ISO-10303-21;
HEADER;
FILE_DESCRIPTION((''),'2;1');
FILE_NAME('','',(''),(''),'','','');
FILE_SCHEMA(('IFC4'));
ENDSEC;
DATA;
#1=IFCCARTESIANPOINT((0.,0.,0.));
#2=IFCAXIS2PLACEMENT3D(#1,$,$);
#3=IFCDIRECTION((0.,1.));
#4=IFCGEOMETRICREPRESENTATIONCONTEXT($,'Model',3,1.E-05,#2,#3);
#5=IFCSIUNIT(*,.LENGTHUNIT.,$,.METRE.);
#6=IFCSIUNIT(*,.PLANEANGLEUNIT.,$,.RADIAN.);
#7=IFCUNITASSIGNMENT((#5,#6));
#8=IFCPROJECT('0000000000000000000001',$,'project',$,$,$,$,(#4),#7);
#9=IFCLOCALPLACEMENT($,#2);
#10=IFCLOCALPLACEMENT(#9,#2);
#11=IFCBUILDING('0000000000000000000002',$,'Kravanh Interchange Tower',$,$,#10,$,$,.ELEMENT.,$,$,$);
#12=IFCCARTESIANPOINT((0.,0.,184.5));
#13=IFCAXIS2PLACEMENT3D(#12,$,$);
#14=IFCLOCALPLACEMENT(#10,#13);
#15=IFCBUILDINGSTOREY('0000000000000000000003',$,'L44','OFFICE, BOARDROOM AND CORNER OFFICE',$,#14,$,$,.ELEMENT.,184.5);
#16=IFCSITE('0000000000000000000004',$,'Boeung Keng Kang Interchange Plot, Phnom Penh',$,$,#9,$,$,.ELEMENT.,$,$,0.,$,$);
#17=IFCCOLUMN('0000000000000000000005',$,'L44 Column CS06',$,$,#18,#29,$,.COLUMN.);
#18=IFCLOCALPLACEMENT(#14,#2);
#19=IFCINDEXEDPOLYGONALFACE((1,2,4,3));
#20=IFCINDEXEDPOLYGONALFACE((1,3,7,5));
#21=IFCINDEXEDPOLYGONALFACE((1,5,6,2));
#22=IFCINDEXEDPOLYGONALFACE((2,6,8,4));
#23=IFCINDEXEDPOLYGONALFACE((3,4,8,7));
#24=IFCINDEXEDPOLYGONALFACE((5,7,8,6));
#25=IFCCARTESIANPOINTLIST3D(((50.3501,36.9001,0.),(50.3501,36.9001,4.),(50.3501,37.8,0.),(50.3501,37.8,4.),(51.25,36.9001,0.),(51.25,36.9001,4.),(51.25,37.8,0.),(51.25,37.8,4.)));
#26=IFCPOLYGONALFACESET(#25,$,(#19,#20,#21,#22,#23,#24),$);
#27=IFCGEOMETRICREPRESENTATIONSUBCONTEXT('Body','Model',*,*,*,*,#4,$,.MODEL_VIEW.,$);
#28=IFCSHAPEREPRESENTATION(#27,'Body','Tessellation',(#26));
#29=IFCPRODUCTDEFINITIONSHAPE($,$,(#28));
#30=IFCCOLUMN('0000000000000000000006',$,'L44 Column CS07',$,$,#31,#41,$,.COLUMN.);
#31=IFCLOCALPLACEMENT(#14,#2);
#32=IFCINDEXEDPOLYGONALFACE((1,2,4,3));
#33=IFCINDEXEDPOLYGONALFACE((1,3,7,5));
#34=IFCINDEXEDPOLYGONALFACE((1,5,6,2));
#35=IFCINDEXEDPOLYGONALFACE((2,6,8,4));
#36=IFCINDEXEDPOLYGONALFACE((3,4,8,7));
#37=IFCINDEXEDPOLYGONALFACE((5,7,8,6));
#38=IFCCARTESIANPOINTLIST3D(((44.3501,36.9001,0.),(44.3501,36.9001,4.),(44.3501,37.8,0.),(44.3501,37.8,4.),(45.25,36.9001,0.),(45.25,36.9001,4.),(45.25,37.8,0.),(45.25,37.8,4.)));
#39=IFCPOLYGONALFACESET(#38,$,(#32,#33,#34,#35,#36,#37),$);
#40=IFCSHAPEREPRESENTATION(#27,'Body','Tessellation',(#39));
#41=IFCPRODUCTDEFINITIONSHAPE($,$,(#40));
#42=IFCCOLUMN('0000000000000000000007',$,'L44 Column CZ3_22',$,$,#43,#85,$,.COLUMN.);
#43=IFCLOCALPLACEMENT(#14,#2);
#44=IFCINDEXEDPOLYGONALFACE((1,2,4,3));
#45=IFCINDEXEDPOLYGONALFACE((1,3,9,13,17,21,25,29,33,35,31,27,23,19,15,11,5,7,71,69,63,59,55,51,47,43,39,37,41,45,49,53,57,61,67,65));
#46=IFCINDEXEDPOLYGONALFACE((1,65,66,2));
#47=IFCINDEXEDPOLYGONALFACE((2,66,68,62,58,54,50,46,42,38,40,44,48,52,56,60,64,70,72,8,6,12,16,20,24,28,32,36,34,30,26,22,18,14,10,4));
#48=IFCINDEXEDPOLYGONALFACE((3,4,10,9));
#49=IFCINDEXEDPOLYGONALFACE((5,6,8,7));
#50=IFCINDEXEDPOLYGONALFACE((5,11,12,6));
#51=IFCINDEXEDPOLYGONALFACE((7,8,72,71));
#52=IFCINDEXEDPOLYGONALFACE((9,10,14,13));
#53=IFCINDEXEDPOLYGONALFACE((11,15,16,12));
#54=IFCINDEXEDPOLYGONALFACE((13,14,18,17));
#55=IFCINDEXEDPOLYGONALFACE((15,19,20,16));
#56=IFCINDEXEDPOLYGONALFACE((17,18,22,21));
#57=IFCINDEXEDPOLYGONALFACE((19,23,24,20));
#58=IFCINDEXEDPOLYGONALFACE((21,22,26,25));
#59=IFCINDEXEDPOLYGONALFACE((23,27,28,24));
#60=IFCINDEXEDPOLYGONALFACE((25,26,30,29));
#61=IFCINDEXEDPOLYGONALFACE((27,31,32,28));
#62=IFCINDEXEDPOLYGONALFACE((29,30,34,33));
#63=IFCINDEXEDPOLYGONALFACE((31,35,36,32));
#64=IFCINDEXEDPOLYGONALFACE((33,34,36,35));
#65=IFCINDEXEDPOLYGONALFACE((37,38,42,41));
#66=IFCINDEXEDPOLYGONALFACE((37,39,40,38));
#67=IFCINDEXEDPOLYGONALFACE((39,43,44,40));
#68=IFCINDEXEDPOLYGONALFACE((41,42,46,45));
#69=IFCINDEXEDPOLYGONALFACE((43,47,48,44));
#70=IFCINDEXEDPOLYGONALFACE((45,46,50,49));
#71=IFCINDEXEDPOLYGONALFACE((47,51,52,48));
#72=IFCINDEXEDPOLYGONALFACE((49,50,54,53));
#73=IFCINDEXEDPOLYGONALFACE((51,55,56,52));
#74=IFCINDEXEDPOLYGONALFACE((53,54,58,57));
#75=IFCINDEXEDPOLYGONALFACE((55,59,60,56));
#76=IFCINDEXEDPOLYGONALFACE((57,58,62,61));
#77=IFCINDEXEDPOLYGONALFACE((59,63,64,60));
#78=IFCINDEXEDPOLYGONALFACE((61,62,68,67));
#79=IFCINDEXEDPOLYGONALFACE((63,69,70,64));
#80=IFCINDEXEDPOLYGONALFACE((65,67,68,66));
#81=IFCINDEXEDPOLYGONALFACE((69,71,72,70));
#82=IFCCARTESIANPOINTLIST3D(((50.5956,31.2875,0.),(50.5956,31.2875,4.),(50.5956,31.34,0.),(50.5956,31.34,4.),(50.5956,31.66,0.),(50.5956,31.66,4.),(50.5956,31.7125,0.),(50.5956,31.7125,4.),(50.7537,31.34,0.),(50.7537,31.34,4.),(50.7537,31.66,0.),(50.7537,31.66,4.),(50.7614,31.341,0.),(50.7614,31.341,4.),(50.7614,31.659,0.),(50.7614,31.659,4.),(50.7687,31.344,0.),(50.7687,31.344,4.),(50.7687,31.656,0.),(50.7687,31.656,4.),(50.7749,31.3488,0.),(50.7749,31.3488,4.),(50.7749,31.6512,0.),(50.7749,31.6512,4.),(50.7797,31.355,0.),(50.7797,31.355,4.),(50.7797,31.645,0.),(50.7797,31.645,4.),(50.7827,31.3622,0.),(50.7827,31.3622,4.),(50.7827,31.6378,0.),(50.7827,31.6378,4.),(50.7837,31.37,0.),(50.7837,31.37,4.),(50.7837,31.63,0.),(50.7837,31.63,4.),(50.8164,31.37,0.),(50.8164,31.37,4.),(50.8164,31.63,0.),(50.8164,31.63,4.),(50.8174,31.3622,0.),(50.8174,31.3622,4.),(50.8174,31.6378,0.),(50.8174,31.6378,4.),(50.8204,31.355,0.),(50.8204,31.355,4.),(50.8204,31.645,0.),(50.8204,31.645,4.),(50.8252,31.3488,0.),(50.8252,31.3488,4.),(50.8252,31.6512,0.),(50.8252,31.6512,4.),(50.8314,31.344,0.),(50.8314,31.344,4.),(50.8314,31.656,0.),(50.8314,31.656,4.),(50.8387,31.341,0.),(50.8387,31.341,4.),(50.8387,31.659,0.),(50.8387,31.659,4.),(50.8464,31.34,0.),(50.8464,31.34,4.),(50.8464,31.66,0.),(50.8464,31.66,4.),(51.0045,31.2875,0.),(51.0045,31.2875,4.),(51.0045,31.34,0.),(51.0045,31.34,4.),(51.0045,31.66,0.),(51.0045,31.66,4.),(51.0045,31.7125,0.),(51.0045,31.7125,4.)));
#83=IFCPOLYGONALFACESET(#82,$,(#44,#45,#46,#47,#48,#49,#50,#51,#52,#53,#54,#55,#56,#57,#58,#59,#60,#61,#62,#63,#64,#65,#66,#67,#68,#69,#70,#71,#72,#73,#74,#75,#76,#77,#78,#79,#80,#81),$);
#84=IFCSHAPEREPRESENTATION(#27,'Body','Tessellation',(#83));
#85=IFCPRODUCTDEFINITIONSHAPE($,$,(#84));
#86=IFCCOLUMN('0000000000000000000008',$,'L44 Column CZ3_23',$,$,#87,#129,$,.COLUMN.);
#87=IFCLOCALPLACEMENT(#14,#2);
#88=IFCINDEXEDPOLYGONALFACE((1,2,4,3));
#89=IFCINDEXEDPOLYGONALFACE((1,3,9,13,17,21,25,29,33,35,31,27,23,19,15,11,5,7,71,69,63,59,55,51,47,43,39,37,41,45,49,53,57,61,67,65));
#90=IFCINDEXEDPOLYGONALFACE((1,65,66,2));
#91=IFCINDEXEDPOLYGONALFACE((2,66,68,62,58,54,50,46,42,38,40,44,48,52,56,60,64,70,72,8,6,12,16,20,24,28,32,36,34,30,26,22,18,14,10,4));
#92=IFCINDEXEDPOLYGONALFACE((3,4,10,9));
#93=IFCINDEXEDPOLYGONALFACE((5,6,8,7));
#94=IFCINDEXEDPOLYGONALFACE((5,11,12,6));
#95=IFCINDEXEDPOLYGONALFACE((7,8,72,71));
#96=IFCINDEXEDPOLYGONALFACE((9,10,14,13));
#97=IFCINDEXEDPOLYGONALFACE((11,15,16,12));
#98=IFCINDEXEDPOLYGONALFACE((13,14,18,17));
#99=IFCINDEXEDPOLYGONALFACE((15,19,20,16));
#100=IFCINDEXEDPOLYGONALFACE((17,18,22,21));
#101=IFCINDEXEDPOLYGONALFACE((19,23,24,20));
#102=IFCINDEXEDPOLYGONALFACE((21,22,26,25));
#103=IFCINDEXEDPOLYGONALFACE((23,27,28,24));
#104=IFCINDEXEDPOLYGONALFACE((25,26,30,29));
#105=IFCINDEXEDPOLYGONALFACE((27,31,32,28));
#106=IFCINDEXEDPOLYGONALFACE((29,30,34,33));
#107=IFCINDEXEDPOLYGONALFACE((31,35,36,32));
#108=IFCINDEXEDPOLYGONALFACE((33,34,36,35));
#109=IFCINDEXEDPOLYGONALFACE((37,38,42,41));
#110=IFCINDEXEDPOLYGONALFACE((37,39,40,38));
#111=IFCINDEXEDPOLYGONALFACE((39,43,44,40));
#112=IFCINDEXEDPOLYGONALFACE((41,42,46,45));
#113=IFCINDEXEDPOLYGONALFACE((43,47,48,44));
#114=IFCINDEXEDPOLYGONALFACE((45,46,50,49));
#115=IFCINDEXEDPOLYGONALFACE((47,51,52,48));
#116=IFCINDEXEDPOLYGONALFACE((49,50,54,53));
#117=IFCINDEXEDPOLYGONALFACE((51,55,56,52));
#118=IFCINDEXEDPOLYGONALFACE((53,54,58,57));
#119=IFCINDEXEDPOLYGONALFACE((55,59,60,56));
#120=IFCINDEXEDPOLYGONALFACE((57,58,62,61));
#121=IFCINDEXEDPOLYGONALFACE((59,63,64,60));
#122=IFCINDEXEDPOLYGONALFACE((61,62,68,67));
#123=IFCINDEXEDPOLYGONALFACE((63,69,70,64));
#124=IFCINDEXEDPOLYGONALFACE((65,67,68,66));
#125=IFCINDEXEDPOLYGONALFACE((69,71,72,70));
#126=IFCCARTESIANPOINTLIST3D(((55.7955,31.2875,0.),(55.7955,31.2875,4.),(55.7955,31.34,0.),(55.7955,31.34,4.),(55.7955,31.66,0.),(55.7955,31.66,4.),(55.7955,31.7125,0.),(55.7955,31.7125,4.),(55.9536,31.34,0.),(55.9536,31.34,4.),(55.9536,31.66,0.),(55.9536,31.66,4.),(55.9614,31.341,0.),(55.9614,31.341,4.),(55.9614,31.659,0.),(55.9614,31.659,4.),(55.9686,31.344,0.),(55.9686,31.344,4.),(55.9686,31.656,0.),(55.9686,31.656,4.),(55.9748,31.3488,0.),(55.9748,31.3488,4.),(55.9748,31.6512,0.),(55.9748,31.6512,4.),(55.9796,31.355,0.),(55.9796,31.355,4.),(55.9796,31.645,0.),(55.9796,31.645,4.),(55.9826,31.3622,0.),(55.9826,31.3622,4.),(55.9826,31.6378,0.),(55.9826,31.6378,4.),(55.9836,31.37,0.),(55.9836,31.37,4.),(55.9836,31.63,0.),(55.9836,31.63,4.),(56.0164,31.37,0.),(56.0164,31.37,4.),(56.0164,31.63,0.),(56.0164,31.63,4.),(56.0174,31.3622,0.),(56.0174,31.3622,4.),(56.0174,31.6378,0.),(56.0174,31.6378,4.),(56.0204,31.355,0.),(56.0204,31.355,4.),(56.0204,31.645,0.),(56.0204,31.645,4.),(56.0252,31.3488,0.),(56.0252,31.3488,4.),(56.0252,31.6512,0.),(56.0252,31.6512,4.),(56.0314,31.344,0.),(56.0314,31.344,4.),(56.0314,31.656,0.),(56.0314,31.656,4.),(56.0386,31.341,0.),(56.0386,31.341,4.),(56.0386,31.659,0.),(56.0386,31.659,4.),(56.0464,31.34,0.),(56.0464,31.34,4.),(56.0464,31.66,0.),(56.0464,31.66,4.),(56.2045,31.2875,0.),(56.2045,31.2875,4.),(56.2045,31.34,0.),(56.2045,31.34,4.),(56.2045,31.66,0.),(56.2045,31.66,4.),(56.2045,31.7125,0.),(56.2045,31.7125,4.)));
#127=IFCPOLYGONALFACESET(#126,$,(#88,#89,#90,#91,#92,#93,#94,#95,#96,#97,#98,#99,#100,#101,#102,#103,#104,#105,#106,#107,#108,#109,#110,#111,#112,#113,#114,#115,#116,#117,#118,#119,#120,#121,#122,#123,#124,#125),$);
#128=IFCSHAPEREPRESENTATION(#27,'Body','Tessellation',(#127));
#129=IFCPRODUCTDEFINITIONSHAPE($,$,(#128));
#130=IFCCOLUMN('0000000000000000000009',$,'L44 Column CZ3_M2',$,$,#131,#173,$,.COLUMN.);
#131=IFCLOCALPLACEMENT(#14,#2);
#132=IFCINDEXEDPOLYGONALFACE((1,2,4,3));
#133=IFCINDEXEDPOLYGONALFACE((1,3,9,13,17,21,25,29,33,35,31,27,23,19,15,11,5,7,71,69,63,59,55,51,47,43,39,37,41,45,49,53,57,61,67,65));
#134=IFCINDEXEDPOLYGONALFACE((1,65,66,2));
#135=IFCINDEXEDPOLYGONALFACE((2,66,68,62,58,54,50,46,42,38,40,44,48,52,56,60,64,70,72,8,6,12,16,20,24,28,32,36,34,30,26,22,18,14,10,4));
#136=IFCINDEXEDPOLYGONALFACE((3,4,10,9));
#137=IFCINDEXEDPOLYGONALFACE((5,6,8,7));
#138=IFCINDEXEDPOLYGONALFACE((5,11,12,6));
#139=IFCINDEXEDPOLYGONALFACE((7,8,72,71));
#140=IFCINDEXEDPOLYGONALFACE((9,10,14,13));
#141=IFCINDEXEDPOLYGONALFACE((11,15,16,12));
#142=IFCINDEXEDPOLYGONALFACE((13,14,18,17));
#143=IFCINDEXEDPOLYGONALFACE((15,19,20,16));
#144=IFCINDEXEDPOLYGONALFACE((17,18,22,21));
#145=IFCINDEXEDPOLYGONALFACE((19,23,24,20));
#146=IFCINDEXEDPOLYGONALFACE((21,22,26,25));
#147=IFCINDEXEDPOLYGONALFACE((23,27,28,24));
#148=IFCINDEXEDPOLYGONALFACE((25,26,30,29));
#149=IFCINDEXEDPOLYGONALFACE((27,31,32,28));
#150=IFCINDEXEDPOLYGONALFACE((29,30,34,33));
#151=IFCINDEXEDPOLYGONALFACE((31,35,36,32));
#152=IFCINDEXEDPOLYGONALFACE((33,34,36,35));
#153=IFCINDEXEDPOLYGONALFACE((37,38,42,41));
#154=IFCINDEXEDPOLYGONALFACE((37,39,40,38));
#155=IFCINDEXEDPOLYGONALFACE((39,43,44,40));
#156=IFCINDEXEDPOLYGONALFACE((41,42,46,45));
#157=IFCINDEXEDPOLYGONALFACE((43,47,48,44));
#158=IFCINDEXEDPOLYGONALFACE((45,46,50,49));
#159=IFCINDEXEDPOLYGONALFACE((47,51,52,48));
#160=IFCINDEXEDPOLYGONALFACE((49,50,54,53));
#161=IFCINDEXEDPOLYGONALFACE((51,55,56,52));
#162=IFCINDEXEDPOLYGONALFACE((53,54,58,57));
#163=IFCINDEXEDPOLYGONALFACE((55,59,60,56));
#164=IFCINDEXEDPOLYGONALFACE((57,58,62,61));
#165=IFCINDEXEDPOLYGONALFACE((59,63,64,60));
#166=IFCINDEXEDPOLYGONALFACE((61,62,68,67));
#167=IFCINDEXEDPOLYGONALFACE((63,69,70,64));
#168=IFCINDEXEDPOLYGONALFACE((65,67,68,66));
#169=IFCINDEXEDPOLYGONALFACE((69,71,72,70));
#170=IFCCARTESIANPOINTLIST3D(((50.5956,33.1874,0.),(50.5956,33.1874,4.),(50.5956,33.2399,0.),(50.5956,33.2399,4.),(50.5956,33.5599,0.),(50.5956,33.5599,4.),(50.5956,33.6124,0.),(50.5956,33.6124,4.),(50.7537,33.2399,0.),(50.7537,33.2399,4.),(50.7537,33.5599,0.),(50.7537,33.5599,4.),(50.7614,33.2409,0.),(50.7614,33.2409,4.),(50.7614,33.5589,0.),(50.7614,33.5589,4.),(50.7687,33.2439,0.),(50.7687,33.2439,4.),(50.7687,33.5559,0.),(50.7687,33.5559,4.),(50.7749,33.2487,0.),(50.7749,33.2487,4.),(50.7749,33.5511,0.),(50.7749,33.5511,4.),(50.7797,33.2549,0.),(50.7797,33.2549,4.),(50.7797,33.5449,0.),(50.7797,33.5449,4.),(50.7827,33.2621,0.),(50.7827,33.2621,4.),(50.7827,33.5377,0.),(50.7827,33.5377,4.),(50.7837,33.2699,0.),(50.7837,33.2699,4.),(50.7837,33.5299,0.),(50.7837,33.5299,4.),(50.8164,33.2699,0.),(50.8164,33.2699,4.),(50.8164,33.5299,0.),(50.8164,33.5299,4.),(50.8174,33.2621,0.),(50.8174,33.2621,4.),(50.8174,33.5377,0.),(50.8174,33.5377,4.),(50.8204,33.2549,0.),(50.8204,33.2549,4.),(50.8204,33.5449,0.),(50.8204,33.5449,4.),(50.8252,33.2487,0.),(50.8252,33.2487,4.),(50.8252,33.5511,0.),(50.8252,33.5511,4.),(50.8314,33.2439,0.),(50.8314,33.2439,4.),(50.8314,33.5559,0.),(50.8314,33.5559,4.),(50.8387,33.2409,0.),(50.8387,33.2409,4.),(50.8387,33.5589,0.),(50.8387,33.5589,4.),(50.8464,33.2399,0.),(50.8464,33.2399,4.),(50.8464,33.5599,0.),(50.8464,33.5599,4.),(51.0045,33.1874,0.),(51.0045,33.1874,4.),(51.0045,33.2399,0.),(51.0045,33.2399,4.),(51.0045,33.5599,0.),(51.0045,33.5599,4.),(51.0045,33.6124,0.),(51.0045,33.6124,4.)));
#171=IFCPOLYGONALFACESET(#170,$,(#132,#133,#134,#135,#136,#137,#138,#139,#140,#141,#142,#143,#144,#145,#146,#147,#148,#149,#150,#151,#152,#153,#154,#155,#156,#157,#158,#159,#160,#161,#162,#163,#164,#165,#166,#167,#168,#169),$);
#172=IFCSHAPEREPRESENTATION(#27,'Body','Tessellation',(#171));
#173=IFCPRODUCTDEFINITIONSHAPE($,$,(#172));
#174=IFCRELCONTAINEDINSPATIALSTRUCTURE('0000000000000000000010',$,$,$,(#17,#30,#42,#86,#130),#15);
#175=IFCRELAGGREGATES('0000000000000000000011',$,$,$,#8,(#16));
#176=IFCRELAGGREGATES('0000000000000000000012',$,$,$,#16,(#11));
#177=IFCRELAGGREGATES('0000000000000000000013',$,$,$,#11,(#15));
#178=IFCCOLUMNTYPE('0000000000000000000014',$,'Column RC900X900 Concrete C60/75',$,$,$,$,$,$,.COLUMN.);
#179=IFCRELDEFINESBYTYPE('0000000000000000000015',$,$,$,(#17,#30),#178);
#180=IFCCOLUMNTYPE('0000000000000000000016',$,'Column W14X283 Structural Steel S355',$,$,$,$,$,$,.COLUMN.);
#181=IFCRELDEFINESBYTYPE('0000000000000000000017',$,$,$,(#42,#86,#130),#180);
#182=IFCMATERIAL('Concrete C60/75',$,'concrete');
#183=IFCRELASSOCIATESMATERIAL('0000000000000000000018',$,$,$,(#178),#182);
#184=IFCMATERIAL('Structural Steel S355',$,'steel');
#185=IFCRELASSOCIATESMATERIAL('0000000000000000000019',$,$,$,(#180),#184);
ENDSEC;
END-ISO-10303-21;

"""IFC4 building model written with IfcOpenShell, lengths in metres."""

from ifc_helpers import new_model, si_unit, direction, frame, origin, origin_2d, place, context, subcontext, project, spatial, rectangle, i_section, extrude, material, material_profile, profile_set, type_object, element, save


model = new_model("IFC4")

# Units and contexts
model_context = context("Model", 3, precision=1e-05, world=origin(), true_north=direction((0.0, 1.0)))
body_context = subcontext(model_context, "Body", "Model", "MODEL_VIEW")
ifc_project = project(units=[si_unit("LENGTHUNIT", "METRE"), si_unit("PLANEANGLEUNIT", "RADIAN")], contexts=[model_context])

# Site, building, storey
site_placement = place(None, origin())
site = spatial("IfcSite", under=ifc_project, at=site_placement, Name="Boeung Keng Kang Interchange Plot, Phnom Penh", CompositionType="ELEMENT", RefElevation=0.0)
building_placement = place(site_placement, origin())
building = spatial("IfcBuilding", under=site, at=building_placement, Name="Kravanh Interchange Tower", CompositionType="ELEMENT")
storey_placement = place(building_placement, frame((0.0, 0.0, 184.5)))
storey = spatial("IfcBuildingStorey", under=building, at=storey_placement, Name="L44", Description="OFFICE, BOARDROOM AND CORNER OFFICE", CompositionType="ELEMENT", Elevation=184.5)

# Columns
ifc_material_1 = material(Name="Concrete C60/75", Category="concrete")
ifc_material_profile_1 = material_profile(ifc_material_1, rectangle(XDim=0.8999, YDim=0.8999, at=origin_2d()), Name="RC900X900")
ifc_profile_set_1 = profile_set([ifc_material_profile_1], Name="Concrete C60/75")
column_type_1 = type_object("IfcColumnType", Name="Column RC900X900 Concrete C60/75", PredefinedType="COLUMN", material=ifc_profile_set_1)
for number, where, z_axis, x_axis, name in (
    (1, (50.8, 37.3501, 0.0), (0.0, 0.0, 1.0), (1.0, 0.0, 0.0), "L44 Column CS06"),
    (2, (44.8, 37.3501, 0.0), (0.0, 0.0, 1.0), (1.0, 0.0, 0.0), "L44 Column CS07"),
):
    element("IfcColumn", number, at=place(storey_placement, frame(where, z_axis=z_axis, x_axis=x_axis)), inside=storey, type_object=column_type_1, Name=name, PredefinedType="COLUMN", context=body_context, shape_type="SweptSolid", body=[
        extrude(rectangle(XDim=0.8999, YDim=0.8999, at=origin_2d()), origin(), (0.0, 0.0, 1.0), 4.0),
    ])
ifc_material_2 = material(Name="Structural Steel S355", Category="steel")
ifc_material_profile_2 = material_profile(ifc_material_2, i_section(OverallWidth=0.4089, OverallDepth=0.425, WebThickness=0.0327, FlangeThickness=0.0525, FilletRadius=0.03, at=origin_2d()), Name="W14X283")
ifc_profile_set_2 = profile_set([ifc_material_profile_2], Name="Structural Steel S355")
column_type_2 = type_object("IfcColumnType", Name="Column W14X283 Structural Steel S355", PredefinedType="COLUMN", material=ifc_profile_set_2)
for number, where, z_axis, x_axis, name in (
    (3, (50.8, 31.5, 0.0), (0.0, 0.0, 1.0), (1.0, 0.0, 0.0), "L44 Column CZ3_22"),
    (4, (56.0, 31.5, 0.0), (0.0, 0.0, 1.0), (1.0, 0.0, 0.0), "L44 Column CZ3_23"),
    (5, (50.8, 33.3999, 0.0), (0.0, 0.0, 1.0), (1.0, 0.0, 0.0), "L44 Column CZ3_M2"),
):
    element("IfcColumn", number, at=place(storey_placement, frame(where, z_axis=z_axis, x_axis=x_axis)), inside=storey, type_object=column_type_2, Name=name, PredefinedType="COLUMN", context=body_context, shape_type="SweptSolid", body=[
        extrude(i_section(OverallWidth=0.4089, OverallDepth=0.425, WebThickness=0.0327, FlangeThickness=0.0525, FilletRadius=0.03, at=origin_2d()), origin(), (0.0, 0.0, 1.0), 4.0),
    ])

save(model, "model.ifc")
